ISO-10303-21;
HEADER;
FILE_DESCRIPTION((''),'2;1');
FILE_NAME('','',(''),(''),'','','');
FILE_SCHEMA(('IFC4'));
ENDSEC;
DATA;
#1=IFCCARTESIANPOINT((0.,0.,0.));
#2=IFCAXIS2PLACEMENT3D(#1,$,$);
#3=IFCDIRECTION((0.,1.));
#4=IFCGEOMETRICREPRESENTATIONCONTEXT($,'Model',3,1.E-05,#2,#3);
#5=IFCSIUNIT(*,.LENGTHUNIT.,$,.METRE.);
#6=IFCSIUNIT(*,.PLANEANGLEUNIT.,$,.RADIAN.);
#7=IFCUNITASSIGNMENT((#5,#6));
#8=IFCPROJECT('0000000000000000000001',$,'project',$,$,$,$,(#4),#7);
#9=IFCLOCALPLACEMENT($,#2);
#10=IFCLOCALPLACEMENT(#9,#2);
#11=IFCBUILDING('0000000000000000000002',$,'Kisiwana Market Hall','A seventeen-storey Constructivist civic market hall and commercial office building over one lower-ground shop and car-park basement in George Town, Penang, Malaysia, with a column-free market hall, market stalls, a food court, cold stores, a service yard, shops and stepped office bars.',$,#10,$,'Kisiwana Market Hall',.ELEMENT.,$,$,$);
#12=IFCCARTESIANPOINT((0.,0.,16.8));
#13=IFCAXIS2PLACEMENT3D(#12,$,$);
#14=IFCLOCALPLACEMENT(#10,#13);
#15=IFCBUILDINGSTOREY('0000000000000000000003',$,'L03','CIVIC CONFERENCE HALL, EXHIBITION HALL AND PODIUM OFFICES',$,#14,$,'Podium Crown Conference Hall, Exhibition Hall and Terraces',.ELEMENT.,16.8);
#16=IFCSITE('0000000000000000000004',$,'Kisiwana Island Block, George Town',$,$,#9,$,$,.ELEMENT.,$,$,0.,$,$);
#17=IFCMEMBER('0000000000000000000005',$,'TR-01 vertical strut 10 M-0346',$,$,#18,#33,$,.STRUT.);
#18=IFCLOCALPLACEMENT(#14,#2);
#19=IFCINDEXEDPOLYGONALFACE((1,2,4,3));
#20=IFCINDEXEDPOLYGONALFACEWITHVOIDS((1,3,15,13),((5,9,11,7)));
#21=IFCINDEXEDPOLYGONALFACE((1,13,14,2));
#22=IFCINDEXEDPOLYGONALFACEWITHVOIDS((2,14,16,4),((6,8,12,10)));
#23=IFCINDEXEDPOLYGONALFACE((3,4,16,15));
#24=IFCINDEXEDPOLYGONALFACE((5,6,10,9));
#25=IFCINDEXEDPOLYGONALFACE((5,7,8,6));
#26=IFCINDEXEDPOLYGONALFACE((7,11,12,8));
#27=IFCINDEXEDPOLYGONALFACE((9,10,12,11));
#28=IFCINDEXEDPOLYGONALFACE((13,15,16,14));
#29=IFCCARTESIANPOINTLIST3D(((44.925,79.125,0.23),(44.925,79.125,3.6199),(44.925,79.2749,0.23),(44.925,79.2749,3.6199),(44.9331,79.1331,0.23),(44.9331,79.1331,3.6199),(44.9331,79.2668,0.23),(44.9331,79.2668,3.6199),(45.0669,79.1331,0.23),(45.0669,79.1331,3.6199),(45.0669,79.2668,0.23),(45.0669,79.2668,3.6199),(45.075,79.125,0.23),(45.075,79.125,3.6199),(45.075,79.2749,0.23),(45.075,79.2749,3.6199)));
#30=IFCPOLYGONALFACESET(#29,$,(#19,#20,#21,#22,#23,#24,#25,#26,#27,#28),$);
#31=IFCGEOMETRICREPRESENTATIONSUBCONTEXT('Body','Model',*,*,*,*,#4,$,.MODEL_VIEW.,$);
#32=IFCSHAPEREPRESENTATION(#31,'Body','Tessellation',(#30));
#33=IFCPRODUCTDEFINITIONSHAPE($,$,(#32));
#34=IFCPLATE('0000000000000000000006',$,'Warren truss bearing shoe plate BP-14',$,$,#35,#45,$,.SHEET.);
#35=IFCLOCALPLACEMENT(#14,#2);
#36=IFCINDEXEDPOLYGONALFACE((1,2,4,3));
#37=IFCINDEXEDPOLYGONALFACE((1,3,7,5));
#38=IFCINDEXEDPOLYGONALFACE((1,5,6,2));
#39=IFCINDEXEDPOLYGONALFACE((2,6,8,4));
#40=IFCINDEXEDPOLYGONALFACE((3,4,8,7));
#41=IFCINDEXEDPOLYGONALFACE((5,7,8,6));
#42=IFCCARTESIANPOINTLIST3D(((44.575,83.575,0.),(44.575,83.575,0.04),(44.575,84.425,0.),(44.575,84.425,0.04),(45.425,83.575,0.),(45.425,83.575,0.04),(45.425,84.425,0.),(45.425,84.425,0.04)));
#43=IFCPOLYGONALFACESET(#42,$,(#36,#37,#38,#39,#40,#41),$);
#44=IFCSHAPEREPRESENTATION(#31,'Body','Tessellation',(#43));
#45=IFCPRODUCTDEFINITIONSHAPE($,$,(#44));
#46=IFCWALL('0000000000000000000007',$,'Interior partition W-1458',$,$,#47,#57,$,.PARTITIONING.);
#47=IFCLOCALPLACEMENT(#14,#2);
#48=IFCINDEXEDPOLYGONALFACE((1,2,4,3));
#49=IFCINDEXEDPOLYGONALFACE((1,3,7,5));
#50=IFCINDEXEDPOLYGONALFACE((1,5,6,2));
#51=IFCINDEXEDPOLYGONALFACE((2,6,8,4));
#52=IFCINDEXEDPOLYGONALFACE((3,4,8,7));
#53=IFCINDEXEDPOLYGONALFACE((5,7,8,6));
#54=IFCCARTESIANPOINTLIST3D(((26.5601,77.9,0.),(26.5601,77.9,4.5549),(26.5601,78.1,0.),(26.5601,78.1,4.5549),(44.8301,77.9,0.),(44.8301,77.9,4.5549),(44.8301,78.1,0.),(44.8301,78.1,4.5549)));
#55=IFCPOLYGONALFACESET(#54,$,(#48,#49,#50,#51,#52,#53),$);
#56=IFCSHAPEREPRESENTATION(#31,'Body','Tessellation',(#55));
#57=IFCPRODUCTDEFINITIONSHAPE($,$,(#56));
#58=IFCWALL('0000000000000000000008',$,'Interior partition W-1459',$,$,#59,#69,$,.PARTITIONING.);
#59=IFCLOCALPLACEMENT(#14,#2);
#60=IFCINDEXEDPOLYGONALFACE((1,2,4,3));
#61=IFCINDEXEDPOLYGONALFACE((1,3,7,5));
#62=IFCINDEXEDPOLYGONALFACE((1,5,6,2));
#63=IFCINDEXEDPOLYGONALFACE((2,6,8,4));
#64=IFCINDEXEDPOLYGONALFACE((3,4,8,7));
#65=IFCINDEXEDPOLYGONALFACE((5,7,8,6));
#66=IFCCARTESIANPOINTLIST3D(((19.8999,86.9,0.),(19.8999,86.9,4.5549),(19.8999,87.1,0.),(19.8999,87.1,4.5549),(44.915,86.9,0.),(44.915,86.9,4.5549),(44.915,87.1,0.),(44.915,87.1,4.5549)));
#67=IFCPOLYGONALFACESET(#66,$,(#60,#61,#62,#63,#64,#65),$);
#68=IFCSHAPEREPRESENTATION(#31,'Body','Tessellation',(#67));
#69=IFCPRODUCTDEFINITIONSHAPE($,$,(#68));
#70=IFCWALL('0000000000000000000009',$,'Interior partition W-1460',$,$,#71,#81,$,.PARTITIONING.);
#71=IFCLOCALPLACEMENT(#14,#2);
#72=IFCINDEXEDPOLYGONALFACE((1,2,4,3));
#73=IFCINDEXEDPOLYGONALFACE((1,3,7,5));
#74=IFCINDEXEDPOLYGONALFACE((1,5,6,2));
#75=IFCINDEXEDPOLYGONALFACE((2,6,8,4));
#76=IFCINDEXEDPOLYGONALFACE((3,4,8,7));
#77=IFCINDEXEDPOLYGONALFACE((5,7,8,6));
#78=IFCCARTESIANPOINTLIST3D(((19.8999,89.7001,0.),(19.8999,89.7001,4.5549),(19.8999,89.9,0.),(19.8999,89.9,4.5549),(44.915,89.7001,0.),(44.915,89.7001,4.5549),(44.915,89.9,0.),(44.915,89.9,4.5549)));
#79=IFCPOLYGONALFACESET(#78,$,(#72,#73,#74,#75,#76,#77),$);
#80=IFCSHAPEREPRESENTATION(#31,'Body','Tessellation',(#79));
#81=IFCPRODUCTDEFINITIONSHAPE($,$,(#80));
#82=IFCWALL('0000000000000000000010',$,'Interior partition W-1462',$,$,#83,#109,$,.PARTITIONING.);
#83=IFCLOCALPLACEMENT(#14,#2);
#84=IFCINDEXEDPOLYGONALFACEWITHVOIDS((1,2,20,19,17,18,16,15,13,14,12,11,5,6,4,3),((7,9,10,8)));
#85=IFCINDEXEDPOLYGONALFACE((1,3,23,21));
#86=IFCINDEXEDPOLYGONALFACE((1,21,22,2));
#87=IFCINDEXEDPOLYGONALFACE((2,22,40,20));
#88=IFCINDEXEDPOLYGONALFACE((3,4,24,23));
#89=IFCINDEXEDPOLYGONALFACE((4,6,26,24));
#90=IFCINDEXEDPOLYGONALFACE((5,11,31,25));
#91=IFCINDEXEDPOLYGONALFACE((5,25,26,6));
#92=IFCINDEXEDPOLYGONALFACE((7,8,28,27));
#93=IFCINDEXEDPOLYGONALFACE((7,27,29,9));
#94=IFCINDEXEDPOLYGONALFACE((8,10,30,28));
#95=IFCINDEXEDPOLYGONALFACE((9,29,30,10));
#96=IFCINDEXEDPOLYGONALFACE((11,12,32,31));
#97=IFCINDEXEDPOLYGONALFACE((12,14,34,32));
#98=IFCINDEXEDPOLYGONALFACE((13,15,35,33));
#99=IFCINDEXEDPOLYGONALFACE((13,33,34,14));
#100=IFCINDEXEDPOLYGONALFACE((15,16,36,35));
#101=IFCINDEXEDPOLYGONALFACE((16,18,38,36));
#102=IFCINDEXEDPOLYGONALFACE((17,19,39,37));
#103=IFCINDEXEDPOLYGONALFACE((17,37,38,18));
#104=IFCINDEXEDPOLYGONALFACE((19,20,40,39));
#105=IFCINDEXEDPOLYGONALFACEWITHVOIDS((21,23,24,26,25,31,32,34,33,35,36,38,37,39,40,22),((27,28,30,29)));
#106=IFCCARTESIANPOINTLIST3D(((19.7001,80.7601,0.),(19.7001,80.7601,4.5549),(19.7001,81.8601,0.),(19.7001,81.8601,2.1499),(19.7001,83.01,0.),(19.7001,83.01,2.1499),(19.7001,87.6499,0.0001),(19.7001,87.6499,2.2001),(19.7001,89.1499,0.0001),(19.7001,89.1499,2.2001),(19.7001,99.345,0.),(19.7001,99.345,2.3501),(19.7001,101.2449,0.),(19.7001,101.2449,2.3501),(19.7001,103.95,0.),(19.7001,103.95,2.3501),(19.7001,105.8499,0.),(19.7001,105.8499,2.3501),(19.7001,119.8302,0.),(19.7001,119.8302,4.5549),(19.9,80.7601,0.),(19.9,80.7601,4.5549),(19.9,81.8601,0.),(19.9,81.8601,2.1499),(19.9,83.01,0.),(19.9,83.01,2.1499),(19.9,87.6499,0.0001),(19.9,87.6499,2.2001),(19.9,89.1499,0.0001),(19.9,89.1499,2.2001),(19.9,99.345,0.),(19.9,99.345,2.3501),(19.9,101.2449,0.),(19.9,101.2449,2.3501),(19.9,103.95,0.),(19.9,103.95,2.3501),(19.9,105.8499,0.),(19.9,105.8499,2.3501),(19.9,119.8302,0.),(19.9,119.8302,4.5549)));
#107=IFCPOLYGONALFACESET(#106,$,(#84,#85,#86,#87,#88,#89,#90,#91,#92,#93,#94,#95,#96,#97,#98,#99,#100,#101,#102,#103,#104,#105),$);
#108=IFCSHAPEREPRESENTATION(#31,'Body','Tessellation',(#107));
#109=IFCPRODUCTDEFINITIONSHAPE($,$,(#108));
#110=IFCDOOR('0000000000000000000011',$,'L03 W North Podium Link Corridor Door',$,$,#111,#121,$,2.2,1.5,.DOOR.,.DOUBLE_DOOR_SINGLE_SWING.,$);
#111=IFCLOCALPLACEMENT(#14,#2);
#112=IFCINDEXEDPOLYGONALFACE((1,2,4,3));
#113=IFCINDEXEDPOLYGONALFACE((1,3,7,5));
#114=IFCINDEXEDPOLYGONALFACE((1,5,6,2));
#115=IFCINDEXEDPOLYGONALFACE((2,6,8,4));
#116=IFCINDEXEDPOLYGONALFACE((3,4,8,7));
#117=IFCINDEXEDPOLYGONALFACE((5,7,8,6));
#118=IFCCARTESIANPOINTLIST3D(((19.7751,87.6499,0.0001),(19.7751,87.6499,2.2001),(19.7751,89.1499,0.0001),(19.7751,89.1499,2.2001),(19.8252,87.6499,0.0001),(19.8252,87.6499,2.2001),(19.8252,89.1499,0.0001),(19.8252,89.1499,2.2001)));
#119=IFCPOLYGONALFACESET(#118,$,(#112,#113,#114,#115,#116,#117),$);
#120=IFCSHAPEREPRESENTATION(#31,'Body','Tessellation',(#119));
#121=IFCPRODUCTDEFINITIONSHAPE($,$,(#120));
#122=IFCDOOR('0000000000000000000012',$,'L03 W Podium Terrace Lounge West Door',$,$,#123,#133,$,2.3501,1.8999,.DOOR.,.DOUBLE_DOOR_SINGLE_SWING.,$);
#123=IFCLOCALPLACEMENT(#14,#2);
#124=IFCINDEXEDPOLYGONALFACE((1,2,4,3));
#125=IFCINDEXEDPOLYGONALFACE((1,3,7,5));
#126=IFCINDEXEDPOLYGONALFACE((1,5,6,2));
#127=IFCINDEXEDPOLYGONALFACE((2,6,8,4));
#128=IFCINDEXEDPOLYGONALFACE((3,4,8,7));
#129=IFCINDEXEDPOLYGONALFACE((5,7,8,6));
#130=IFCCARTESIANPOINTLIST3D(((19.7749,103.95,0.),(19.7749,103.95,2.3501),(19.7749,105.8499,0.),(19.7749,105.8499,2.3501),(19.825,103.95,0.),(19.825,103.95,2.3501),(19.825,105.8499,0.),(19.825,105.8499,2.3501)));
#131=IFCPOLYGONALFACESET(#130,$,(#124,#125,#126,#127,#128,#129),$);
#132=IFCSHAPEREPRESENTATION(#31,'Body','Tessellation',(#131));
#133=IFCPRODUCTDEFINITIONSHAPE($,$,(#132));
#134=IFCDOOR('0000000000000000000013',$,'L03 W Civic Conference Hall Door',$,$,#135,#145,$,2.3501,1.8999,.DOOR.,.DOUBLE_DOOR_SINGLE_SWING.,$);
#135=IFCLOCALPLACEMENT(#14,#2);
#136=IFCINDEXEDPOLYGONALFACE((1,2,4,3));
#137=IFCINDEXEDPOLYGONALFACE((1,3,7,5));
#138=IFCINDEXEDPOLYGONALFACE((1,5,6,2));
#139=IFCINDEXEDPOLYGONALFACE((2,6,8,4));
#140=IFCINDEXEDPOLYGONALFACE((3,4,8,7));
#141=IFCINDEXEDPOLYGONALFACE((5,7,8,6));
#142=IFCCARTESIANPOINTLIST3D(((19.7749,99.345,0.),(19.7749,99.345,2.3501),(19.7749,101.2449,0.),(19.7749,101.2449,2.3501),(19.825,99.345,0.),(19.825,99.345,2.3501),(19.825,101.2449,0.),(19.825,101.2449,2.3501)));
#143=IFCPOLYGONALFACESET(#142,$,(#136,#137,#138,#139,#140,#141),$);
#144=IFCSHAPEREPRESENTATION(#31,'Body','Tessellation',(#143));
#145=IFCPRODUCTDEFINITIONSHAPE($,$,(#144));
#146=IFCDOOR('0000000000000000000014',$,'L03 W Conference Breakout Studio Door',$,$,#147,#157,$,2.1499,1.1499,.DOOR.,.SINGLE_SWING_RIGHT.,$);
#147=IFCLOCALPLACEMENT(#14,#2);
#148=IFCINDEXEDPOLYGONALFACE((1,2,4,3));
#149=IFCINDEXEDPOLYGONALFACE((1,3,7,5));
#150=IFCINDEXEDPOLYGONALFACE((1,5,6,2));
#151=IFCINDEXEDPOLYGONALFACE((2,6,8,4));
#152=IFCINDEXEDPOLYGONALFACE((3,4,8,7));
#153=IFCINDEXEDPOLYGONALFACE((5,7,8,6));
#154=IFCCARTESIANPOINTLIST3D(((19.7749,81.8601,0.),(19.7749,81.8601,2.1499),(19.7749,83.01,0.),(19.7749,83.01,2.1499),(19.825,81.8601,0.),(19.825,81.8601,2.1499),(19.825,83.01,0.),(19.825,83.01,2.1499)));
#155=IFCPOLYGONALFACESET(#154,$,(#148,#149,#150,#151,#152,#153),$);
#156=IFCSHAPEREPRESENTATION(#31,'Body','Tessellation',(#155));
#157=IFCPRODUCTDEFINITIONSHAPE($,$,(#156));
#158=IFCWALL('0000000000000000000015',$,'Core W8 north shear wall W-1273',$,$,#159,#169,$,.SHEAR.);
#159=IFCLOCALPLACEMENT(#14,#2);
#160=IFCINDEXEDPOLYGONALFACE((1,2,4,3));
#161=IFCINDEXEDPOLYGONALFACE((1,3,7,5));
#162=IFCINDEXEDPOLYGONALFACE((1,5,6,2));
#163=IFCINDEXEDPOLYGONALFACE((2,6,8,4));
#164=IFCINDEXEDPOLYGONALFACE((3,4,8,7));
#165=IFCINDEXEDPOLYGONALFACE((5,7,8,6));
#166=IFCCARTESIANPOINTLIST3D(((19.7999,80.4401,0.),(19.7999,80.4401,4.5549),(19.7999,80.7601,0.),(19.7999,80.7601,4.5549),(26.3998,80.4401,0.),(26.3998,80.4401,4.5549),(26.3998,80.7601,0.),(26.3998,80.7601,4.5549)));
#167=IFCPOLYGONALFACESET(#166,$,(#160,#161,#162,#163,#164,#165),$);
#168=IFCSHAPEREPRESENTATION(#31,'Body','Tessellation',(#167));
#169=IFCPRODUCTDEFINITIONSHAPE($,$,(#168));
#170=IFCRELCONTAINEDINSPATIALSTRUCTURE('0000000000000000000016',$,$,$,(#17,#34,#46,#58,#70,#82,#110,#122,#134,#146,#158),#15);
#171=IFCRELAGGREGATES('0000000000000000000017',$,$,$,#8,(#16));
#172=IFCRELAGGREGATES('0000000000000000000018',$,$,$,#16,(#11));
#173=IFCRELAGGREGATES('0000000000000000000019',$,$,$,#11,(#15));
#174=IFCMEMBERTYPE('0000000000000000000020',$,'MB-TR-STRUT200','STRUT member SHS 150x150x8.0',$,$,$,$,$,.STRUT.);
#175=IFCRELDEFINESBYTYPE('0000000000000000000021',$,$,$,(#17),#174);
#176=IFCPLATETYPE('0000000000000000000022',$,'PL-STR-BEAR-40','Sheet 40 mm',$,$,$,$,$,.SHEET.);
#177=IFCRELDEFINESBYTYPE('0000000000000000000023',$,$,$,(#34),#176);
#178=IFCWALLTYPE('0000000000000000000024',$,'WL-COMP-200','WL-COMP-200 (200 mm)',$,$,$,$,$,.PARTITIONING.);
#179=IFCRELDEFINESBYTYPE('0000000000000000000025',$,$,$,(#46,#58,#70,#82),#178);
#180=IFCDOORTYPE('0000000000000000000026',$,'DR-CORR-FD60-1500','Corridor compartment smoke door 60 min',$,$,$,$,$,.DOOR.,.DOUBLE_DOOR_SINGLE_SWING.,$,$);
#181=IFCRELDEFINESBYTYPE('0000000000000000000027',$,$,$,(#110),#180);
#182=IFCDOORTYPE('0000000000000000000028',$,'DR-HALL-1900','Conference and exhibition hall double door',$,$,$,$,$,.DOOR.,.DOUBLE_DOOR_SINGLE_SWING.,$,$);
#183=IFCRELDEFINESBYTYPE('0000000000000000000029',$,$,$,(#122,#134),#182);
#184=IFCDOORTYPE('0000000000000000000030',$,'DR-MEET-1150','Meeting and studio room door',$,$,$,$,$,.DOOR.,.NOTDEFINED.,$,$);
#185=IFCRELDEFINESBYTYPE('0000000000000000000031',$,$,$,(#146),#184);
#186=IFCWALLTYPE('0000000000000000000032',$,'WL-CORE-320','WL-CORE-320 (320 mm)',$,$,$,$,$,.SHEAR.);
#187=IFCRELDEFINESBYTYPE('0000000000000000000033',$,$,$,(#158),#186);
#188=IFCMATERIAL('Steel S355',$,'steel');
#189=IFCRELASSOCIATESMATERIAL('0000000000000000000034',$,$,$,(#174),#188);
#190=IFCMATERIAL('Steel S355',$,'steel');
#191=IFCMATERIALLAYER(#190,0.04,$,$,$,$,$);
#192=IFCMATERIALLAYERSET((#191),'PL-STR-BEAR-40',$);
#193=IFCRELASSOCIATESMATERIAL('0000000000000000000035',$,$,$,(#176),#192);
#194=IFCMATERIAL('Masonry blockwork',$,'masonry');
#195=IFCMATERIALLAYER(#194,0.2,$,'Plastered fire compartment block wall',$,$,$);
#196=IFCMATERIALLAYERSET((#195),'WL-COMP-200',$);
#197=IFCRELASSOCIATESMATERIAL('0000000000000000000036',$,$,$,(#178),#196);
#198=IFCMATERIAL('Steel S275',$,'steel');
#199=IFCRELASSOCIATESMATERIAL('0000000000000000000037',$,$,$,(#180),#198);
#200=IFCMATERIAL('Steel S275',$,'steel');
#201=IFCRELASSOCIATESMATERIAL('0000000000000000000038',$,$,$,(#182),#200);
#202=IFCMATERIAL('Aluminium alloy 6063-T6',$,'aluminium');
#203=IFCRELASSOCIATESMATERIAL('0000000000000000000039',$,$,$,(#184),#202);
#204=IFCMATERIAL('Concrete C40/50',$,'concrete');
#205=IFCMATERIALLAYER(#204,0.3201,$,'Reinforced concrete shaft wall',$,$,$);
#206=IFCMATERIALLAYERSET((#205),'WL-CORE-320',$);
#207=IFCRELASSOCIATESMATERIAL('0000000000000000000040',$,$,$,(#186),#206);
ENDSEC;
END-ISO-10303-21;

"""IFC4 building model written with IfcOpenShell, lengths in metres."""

from ifc_helpers import new_model, si_unit, direction, frame, frame_2d, origin, origin_2d, place, context, subcontext, project, spatial, rectangle, hollow_rectangle, extrude, material, layer, layer_set, material_profile, profile_set, type_object, element, fill, save


model = new_model("IFC4")

# Units and contexts
model_context = context("Model", 3, precision=1e-05, world=origin(), true_north=direction((0.0, 1.0)))
body_context = subcontext(model_context, "Body", "Model", "MODEL_VIEW")
ifc_project = project(units=[si_unit("LENGTHUNIT", "METRE"), si_unit("PLANEANGLEUNIT", "RADIAN")], contexts=[model_context])

# Site, building, storey
site_placement = place(None, origin())
site = spatial("IfcSite", under=ifc_project, at=site_placement, Name="Kisiwana Island Block, George Town", CompositionType="ELEMENT", RefElevation=0.0)
building_placement = place(site_placement, origin())
building = spatial("IfcBuilding", under=site, at=building_placement, Name="Kisiwana Market Hall", Description="A seventeen-storey Constructivist civic market hall and commercial office building over one lower-ground shop and car-park basement in George Town, Penang, Malaysia, with a column-free market hall, market stalls, a food court, cold stores, a service yard, shops and stepped office bars.", LongName="Kisiwana Market Hall", CompositionType="ELEMENT")
storey_placement = place(building_placement, frame((0.0, 0.0, 16.8)))
storey = spatial("IfcBuildingStorey", under=building, at=storey_placement, Name="L03", Description="CIVIC CONFERENCE HALL, EXHIBITION HALL AND PODIUM OFFICES", LongName="Podium Crown Conference Hall, Exhibition Hall and Terraces", CompositionType="ELEMENT", Elevation=16.8)

# Member
ifc_material_1 = material(Name="Steel S355", Category="steel")
ifc_material_profile_1 = material_profile(ifc_material_1, hollow_rectangle(XDim=0.1499, YDim=0.1499, WallThickness=0.0081, at=origin_2d()), Name="SHS 150x150x8.0")
ifc_profile_set_1 = profile_set([ifc_material_profile_1], Name="Steel S355")
member_type_1 = type_object("IfcMemberType", Name="MB-TR-STRUT200", Description="STRUT member SHS 150x150x8.0", PredefinedType="STRUT", material=ifc_profile_set_1)
member_1_placement = place(storey_placement, frame((45.0, 79.2, 0.23), z_axis=(0.0, 0.0, 1.0), x_axis=(1.0, 0.0, 0.0)))
element("IfcMember", 1, at=member_1_placement, inside=storey, type_object=member_type_1, Name="TR-01 vertical strut 10 M-0346", PredefinedType="STRUT", context=body_context, shape_type="SweptSolid", body=[
    extrude(hollow_rectangle(XDim=0.1499, YDim=0.1499, WallThickness=0.0081, at=origin_2d()), origin(), (0.0, 0.0, 1.0), 3.3899),
])

# Plate
ifc_material_2 = material(Name="Steel S355", Category="steel")
ifc_layer_1 = layer(ifc_material_2, 0.04)
ifc_layer_set_1 = layer_set([ifc_layer_1], Name="PL-STR-BEAR-40")
plate_type = type_object("IfcPlateType", Name="PL-STR-BEAR-40", Description="Sheet 40 mm", PredefinedType="SHEET", material=ifc_layer_set_1)
plate_placement = place(storey_placement, frame((45.0, 84.0, 0.0), z_axis=(0.0, 0.0, 1.0), x_axis=(1.0, 0.0, 0.0)))
element("IfcPlate", 2, at=plate_placement, inside=storey, type_object=plate_type, Name="Warren truss bearing shoe plate BP-14", PredefinedType="SHEET", context=body_context, shape_type="SweptSolid", body=[
    extrude(rectangle(XDim=0.8501, YDim=0.8501, at=origin_2d()), origin(), (0.0, 0.0, 1.0), 0.04),
])

# Walls
ifc_material_3 = material(Name="Masonry blockwork", Category="masonry")
ifc_layer_2 = layer(ifc_material_3, 0.2, Name="Plastered fire compartment block wall")
ifc_layer_set_2 = layer_set([ifc_layer_2], Name="WL-COMP-200")
wall_type_1 = type_object("IfcWallType", Name="WL-COMP-200", Description="WL-COMP-200 (200 mm)", PredefinedType="PARTITIONING", material=ifc_layer_set_2)
wall_1_placement = place(storey_placement, frame((26.5601, 78.0, 0.0), z_axis=(0.0, 0.0, 1.0), x_axis=(1.0, 0.0, 0.0)))
element("IfcWall", 3, at=wall_1_placement, inside=storey, type_object=wall_type_1, Name="Interior partition W-1458", PredefinedType="PARTITIONING", context=body_context, shape_type="SweptSolid", body=[
    extrude(rectangle(XDim=18.27, YDim=0.2, at=frame_2d((9.135, 0.0))), origin(), (0.0, 0.0, 1.0), 4.5549),
])
for number, where, z_axis, x_axis, name in (
    (4, (19.8999, 87.0, 0.0), (0.0, 0.0, 1.0), (1.0, 0.0, 0.0), "Interior partition W-1459"),
    (5, (19.8999, 89.8, 0.0), (0.0, 0.0, 1.0), (1.0, 0.0, 0.0), "Interior partition W-1460"),
):
    element("IfcWall", number, at=place(storey_placement, frame(where, z_axis=z_axis, x_axis=x_axis)), inside=storey, type_object=wall_type_1, Name=name, PredefinedType="PARTITIONING", context=body_context, shape_type="SweptSolid", body=[
        extrude(rectangle(XDim=25.0151, YDim=0.2, at=frame_2d((12.5076, 0.0))), origin(), (0.0, 0.0, 1.0), 4.5549),
    ])

# Wall, openings, doors
wall_2_placement = place(storey_placement, frame((19.8, 80.76, 0.0), z_axis=(0.0, 0.0, 1.0), x_axis=(0.0, 1.0, 0.0)))
wall_2 = element("IfcWall", 6, at=wall_2_placement, inside=storey, type_object=wall_type_1, Name="Interior partition W-1462", PredefinedType="PARTITIONING", context=body_context, shape_type="SweptSolid", body=[
    extrude(rectangle(XDim=39.0701, YDim=0.2, at=frame_2d((19.5352, 0.0))), origin(), (0.0, 0.0, 1.0), 4.5549),
])
opening_1_placement = place(wall_2_placement, frame((1.1001, 0.0, 0.0)))
opening_1 = element("IfcOpeningElement", 7, at=opening_1_placement, cuts=wall_2, PredefinedType="OPENING", context=body_context, shape_type="SweptSolid", body=[
    extrude(rectangle(XDim=1.1499, YDim=2.1499, at=frame_2d((0.575, 1.075))), frame((0.0, 0.1118, 0.0), z_axis=(0.0, -1.0, 0.0), x_axis=(1.0, 0.0, 0.0)), (0.0, 0.0, 1.0), 0.2239),
])
opening_2_placement = place(wall_2_placement, frame((6.8899, 0.0, 0.0)))
opening_2 = element("IfcOpeningElement", 8, at=opening_2_placement, cuts=wall_2, PredefinedType="OPENING", context=body_context, shape_type="SweptSolid", body=[
    extrude(rectangle(XDim=1.5, YDim=2.2, at=frame_2d((0.75, 1.1001))), frame((0.0, 0.1118, 0.0), z_axis=(0.0, -1.0, 0.0), x_axis=(1.0, 0.0, 0.0)), (0.0, 0.0, 1.0), 0.2239),
])
opening_3_placement = place(wall_2_placement, frame((23.1899, 0.0, 0.0)))
opening_3 = element("IfcOpeningElement", 9, at=opening_3_placement, cuts=wall_2, PredefinedType="OPENING", context=body_context, shape_type="SweptSolid", body=[
    extrude(rectangle(XDim=1.8999, YDim=2.3501, at=frame_2d((0.95, 1.175))), frame((0.0, 0.1118, 0.0), z_axis=(0.0, -1.0, 0.0), x_axis=(1.0, 0.0, 0.0)), (0.0, 0.0, 1.0), 0.2239),
])
opening_4_placement = place(wall_2_placement, frame((18.585, 0.0, 0.0)))
opening_4 = element("IfcOpeningElement", 10, at=opening_4_placement, cuts=wall_2, PredefinedType="OPENING", context=body_context, shape_type="SweptSolid", body=[
    extrude(rectangle(XDim=1.8999, YDim=2.3501, at=frame_2d((0.95, 1.175))), frame((0.0, 0.1118, 0.0), z_axis=(0.0, -1.0, 0.0), x_axis=(1.0, 0.0, 0.0)), (0.0, 0.0, 1.0), 0.2239),
])
ifc_material_4 = material(Name="Steel S275", Category="steel")
door_type_1 = type_object("IfcDoorType", Name="DR-CORR-FD60-1500", Description="Corridor compartment smoke door 60 min", OperationType="DOUBLE_DOOR_SINGLE_SWING", PredefinedType="DOOR", material=ifc_material_4)
door_1_placement = place(opening_2_placement, origin())
door_1 = element("IfcDoor", 11, at=door_1_placement, inside=storey, type_object=door_type_1, Name="L03 W North Podium Link Corridor Door", OperationType="DOUBLE_DOOR_SINGLE_SWING", OverallHeight=2.2, OverallWidth=1.5, PredefinedType="DOOR", context=body_context, shape_type="SweptSolid", body=[
    extrude(rectangle(XDim=1.5, YDim=2.2, at=frame_2d((0.75, 1.1001))), frame((0.0, 0.0249, 0.0), z_axis=(0.0, -1.0, 0.0), x_axis=(1.0, 0.0, 0.0)), (0.0, 0.0, 1.0), 0.05),
])
fill(opening_2, door_1)
ifc_material_5 = material(Name="Steel S275", Category="steel")
door_type_2 = type_object("IfcDoorType", Name="DR-HALL-1900", Description="Conference and exhibition hall double door", OperationType="DOUBLE_DOOR_SINGLE_SWING", PredefinedType="DOOR", material=ifc_material_5)
door_2_placement = place(opening_3_placement, frame((1.8999, 0.0, 0.0), z_axis=(0.0, 0.0, 1.0), x_axis=(-1.0, 0.0, 0.0)))
door_2 = element("IfcDoor", 12, at=door_2_placement, inside=storey, type_object=door_type_2, Name="L03 W Podium Terrace Lounge West Door", OperationType="DOUBLE_DOOR_SINGLE_SWING", OverallHeight=2.3501, OverallWidth=1.8999, PredefinedType="DOOR", context=body_context, shape_type="SweptSolid", body=[
    extrude(rectangle(XDim=1.8999, YDim=2.3501, at=frame_2d((0.95, 1.175))), frame((0.0, 0.0249, 0.0), z_axis=(0.0, -1.0, 0.0), x_axis=(1.0, 0.0, 0.0)), (0.0, 0.0, 1.0), 0.05),
])
fill(opening_3, door_2)
door_3_placement = place(opening_4_placement, frame((1.8999, 0.0, 0.0), z_axis=(0.0, 0.0, 1.0), x_axis=(-1.0, 0.0, 0.0)))
door_3 = element("IfcDoor", 13, at=door_3_placement, inside=storey, type_object=door_type_2, Name="L03 W Civic Conference Hall Door", OperationType="DOUBLE_DOOR_SINGLE_SWING", OverallHeight=2.3501, OverallWidth=1.8999, PredefinedType="DOOR", context=body_context, shape_type="SweptSolid", body=[
    extrude(rectangle(XDim=1.8999, YDim=2.3501, at=frame_2d((0.95, 1.175))), frame((0.0, 0.0249, 0.0), z_axis=(0.0, -1.0, 0.0), x_axis=(1.0, 0.0, 0.0)), (0.0, 0.0, 1.0), 0.05),
])
fill(opening_4, door_3)
ifc_material_6 = material(Name="Aluminium alloy 6063-T6", Category="aluminium")
door_type_3 = type_object("IfcDoorType", Name="DR-MEET-1150", Description="Meeting and studio room door", OperationType="NOTDEFINED", PredefinedType="DOOR", material=ifc_material_6)
door_4_placement = place(opening_1_placement, frame((1.1499, 0.0, 0.0), z_axis=(0.0, 0.0, 1.0), x_axis=(-1.0, 0.0, 0.0)))
door_4 = element("IfcDoor", 14, at=door_4_placement, inside=storey, type_object=door_type_3, Name="L03 W Conference Breakout Studio Door", OperationType="SINGLE_SWING_RIGHT", OverallHeight=2.1499, OverallWidth=1.1499, PredefinedType="DOOR", context=body_context, shape_type="SweptSolid", body=[
    extrude(rectangle(XDim=1.1499, YDim=2.1499, at=frame_2d((0.575, 1.075))), frame((0.0, 0.0249, 0.0), z_axis=(0.0, -1.0, 0.0), x_axis=(1.0, 0.0, 0.0)), (0.0, 0.0, 1.0), 0.05),
])
fill(opening_1, door_4)

# Wall
ifc_material_7 = material(Name="Concrete C40/50", Category="concrete")
ifc_layer_3 = layer(ifc_material_7, 0.3201, Name="Reinforced concrete shaft wall")
ifc_layer_set_3 = layer_set([ifc_layer_3], Name="WL-CORE-320")
wall_type_2 = type_object("IfcWallType", Name="WL-CORE-320", Description="WL-CORE-320 (320 mm)", PredefinedType="SHEAR", material=ifc_layer_set_3)
wall_3_placement = place(storey_placement, frame((19.8, 80.6001, 0.0), z_axis=(0.0, 0.0, 1.0), x_axis=(1.0, 0.0, 0.0)))
element("IfcWall", 15, at=wall_3_placement, inside=storey, type_object=wall_type_2, Name="Core W8 north shear wall W-1273", PredefinedType="SHEAR", context=body_context, shape_type="SweptSolid", body=[
    extrude(rectangle(XDim=6.5999, YDim=0.3201, at=frame_2d((3.2998, 0.0))), origin(), (0.0, 0.0, 1.0), 4.5549),
])

save(model, "model.ifc")
